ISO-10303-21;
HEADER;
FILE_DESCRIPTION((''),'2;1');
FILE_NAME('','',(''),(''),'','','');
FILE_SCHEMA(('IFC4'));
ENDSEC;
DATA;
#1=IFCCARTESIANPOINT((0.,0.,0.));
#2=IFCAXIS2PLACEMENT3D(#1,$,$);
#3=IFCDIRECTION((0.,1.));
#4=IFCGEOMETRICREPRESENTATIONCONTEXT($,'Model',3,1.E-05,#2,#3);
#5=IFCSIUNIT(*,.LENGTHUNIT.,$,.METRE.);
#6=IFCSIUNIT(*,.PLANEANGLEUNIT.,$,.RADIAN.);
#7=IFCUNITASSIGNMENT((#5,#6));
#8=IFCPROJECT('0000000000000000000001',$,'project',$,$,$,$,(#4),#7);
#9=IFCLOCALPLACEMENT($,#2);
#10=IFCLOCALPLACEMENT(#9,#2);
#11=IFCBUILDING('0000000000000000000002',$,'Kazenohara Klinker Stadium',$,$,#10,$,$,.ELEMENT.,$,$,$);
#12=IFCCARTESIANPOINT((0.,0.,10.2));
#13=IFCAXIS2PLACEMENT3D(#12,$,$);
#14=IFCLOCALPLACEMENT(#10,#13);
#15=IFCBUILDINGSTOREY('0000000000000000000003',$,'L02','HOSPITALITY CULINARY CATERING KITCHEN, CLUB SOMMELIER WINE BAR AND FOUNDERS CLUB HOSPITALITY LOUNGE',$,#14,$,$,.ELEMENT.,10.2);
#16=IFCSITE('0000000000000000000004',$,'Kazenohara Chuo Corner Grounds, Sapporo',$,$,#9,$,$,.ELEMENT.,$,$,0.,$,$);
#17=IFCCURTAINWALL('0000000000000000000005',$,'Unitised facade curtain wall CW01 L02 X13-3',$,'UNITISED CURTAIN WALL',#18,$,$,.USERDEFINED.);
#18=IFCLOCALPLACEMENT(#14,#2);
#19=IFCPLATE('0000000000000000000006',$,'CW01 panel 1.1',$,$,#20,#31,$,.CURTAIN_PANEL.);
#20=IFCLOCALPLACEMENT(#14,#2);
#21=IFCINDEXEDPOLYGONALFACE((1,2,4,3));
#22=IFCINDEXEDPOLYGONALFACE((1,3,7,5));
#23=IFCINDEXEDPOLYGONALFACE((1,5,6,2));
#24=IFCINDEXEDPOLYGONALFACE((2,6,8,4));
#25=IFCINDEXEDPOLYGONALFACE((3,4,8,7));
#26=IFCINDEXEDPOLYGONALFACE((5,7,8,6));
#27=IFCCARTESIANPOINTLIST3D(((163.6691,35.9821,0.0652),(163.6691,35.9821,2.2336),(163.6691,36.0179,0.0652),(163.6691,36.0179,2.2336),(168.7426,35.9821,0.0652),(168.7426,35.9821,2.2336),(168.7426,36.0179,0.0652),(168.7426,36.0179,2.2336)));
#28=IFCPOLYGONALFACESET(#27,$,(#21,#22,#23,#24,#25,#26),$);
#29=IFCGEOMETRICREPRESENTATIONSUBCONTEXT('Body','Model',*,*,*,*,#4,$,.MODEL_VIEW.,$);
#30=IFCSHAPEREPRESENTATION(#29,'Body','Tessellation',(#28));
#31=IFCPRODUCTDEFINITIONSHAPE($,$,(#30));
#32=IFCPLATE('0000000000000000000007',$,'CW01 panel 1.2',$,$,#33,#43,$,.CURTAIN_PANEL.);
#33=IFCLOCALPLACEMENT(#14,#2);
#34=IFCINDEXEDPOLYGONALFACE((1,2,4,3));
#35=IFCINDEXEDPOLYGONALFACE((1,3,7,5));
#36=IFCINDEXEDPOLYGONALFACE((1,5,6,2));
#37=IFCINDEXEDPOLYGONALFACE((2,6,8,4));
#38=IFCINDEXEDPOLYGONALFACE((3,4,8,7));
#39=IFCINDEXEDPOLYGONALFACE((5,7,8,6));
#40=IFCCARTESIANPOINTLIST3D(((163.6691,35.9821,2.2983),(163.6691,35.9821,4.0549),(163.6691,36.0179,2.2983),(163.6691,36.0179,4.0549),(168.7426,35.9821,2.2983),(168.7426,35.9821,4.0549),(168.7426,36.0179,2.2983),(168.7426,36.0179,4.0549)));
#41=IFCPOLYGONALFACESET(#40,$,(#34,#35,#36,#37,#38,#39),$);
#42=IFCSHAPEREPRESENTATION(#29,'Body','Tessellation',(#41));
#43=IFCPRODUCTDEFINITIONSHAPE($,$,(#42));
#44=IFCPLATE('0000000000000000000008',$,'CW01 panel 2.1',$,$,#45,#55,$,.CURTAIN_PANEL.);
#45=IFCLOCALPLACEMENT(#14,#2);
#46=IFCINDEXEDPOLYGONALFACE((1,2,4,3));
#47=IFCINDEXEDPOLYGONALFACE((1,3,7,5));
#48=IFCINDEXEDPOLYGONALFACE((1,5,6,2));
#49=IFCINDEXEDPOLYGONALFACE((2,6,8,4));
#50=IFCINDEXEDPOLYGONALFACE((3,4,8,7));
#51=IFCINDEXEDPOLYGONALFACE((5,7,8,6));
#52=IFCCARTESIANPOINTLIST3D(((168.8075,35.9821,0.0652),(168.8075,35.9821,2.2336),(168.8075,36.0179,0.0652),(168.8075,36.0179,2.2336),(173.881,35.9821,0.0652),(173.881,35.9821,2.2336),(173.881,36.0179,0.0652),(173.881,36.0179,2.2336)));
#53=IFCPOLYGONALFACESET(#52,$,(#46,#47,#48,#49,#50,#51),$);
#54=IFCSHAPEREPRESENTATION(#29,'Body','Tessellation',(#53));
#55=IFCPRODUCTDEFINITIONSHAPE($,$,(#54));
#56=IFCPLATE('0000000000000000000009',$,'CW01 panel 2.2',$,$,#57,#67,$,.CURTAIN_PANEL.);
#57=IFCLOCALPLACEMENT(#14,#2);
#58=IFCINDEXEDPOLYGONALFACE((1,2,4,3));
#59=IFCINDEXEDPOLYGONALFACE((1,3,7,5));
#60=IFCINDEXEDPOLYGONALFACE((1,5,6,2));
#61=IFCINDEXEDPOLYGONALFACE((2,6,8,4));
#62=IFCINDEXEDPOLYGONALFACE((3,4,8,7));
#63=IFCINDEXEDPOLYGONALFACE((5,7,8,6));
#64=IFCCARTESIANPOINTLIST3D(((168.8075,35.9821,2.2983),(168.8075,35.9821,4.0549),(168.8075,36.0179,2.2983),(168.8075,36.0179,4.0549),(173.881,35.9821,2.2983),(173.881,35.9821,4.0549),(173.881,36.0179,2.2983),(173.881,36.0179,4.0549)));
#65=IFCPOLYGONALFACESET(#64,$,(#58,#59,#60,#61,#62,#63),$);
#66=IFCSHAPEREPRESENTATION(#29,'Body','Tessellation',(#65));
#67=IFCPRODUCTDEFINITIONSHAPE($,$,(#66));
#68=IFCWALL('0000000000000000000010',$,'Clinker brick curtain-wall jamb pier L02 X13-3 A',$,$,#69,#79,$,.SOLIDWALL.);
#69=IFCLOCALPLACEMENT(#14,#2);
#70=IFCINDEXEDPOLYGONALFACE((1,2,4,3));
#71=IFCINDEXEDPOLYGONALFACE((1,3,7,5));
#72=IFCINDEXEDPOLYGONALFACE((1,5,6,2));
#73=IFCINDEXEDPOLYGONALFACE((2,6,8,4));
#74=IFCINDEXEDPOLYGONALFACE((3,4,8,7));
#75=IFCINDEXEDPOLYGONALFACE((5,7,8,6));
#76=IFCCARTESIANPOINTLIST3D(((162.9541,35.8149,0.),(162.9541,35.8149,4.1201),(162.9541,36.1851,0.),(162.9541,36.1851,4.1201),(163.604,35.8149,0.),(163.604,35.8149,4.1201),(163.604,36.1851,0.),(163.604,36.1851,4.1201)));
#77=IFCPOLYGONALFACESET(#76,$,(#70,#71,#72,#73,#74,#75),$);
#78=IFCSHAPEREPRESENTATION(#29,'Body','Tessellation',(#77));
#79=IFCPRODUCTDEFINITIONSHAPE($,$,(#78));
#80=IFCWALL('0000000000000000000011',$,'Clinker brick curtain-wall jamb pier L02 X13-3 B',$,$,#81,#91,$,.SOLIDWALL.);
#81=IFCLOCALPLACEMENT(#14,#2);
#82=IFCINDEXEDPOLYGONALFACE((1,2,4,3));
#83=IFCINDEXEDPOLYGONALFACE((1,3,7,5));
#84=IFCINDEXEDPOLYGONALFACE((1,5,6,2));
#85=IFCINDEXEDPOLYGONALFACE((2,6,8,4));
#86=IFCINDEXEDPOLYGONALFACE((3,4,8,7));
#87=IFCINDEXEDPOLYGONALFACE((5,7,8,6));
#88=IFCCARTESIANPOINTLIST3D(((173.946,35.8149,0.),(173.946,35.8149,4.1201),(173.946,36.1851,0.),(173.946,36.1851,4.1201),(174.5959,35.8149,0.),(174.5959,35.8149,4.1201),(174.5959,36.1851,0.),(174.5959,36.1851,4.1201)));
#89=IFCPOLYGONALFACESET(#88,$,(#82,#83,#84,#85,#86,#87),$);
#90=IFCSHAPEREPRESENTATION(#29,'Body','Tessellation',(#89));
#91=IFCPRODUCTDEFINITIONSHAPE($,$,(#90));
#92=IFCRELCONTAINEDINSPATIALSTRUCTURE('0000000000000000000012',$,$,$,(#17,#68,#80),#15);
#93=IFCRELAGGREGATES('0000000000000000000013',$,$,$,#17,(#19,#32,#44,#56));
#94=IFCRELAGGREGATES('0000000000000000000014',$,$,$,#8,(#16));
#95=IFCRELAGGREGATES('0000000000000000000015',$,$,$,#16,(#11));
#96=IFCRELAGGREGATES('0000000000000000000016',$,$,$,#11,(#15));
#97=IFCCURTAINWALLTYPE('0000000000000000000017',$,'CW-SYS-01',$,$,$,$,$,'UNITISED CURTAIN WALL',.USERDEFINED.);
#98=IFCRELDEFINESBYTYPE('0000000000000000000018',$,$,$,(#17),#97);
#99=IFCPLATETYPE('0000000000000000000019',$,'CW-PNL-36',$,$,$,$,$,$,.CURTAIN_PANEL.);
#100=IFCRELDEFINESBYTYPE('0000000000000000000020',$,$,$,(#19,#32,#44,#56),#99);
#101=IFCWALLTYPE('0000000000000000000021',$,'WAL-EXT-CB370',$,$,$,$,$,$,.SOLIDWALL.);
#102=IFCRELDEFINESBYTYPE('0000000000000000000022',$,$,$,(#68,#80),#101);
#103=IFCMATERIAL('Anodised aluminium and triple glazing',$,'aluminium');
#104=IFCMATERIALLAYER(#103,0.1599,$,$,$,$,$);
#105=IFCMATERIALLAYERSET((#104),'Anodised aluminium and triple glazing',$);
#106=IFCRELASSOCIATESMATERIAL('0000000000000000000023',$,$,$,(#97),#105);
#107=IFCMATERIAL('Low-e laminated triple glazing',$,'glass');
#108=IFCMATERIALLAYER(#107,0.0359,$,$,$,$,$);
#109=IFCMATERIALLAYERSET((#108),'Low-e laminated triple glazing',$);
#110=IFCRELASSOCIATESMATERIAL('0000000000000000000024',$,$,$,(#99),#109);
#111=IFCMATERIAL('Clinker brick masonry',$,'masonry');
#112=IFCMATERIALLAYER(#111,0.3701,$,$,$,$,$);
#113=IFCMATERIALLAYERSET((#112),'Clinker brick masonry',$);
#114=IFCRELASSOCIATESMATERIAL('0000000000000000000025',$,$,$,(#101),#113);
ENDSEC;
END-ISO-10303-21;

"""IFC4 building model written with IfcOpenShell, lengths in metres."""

from ifc_helpers import new_model, si_unit, direction, frame, frame_2d, origin, origin_2d, place, context, subcontext, project, spatial, rectangle, extrude, material, layer, layer_set, type_object, element, aggregate, save


model = new_model("IFC4")

# Units and contexts
model_context = context("Model", 3, precision=1e-05, world=origin(), true_north=direction((0.0, 1.0)))
body_context = subcontext(model_context, "Body", "Model", "MODEL_VIEW")
ifc_project = project(units=[si_unit("LENGTHUNIT", "METRE"), si_unit("PLANEANGLEUNIT", "RADIAN")], contexts=[model_context])

# Site, building, storey
site_placement = place(None, origin())
site = spatial("IfcSite", under=ifc_project, at=site_placement, Name="Kazenohara Chuo Corner Grounds, Sapporo", CompositionType="ELEMENT", RefElevation=0.0)
building_placement = place(site_placement, origin())
building = spatial("IfcBuilding", under=site, at=building_placement, Name="Kazenohara Klinker Stadium", CompositionType="ELEMENT")
storey_placement = place(building_placement, frame((0.0, 0.0, 10.2)))
storey = spatial("IfcBuildingStorey", under=building, at=storey_placement, Name="L02", Description="HOSPITALITY CULINARY CATERING KITCHEN, CLUB SOMMELIER WINE BAR AND FOUNDERS CLUB HOSPITALITY LOUNGE", CompositionType="ELEMENT", Elevation=10.2)

# Curtain wall, plates
ifc_material_1 = material(Name="Anodised aluminium and triple glazing", Category="aluminium")
ifc_layer_1 = layer(ifc_material_1, 0.1599)
ifc_layer_set_1 = layer_set([ifc_layer_1], Name="Anodised aluminium and triple glazing")
curtain_wall_type = type_object("IfcCurtainWallType", Name="CW-SYS-01", ElementType="UNITISED CURTAIN WALL", PredefinedType="USERDEFINED", material=ifc_layer_set_1)
curtain_wall_placement = place(storey_placement, origin())
curtain_wall = element("IfcCurtainWall", 1, at=curtain_wall_placement, inside=storey, type_object=curtain_wall_type, Name="Unitised facade curtain wall CW01 L02 X13-3", ObjectType="UNITISED CURTAIN WALL", PredefinedType="USERDEFINED")
ifc_material_2 = material(Name="Low-e laminated triple glazing", Category="glass")
ifc_layer_2 = layer(ifc_material_2, 0.0359)
ifc_layer_set_2 = layer_set([ifc_layer_2], Name="Low-e laminated triple glazing")
plate_type = type_object("IfcPlateType", Name="CW-PNL-36", PredefinedType="CURTAIN_PANEL", material=ifc_layer_set_2)
plate_1_placement = place(storey_placement, frame((166.2058, 36.0, 0.0652), z_axis=(0.0, 0.0, 1.0), x_axis=(1.0, 0.0, 0.0)))
plate_1 = element("IfcPlate", 2, at=plate_1_placement, type_object=plate_type, Name="CW01 panel 1.1", PredefinedType="CURTAIN_PANEL", context=body_context, shape_type="SweptSolid", body=[
    extrude(rectangle(XDim=5.0735, YDim=0.0359, at=origin_2d()), origin(), (0.0, 0.0, 1.0), 2.1685),
])
plate_2_placement = place(storey_placement, frame((166.2058, 36.0, 2.2983), z_axis=(0.0, 0.0, 1.0), x_axis=(1.0, 0.0, 0.0)))
plate_2 = element("IfcPlate", 3, at=plate_2_placement, type_object=plate_type, Name="CW01 panel 1.2", PredefinedType="CURTAIN_PANEL", context=body_context, shape_type="SweptSolid", body=[
    extrude(rectangle(XDim=5.0735, YDim=0.0359, at=origin_2d()), origin(), (0.0, 0.0, 1.0), 1.7566),
])
plate_3_placement = place(storey_placement, frame((171.3442, 36.0, 0.0652), z_axis=(0.0, 0.0, 1.0), x_axis=(1.0, 0.0, 0.0)))
plate_3 = element("IfcPlate", 4, at=plate_3_placement, type_object=plate_type, Name="CW01 panel 2.1", PredefinedType="CURTAIN_PANEL", context=body_context, shape_type="SweptSolid", body=[
    extrude(rectangle(XDim=5.0735, YDim=0.0359, at=origin_2d()), origin(), (0.0, 0.0, 1.0), 2.1685),
])
plate_4_placement = place(storey_placement, frame((171.3442, 36.0, 2.2983), z_axis=(0.0, 0.0, 1.0), x_axis=(1.0, 0.0, 0.0)))
plate_4 = element("IfcPlate", 5, at=plate_4_placement, type_object=plate_type, Name="CW01 panel 2.2", PredefinedType="CURTAIN_PANEL", context=body_context, shape_type="SweptSolid", body=[
    extrude(rectangle(XDim=5.0735, YDim=0.0359, at=origin_2d()), origin(), (0.0, 0.0, 1.0), 1.7566),
])
aggregate(curtain_wall, [plate_1, plate_2, plate_3, plate_4])

# Walls
ifc_material_3 = material(Name="Clinker brick masonry", Category="masonry")
ifc_layer_3 = layer(ifc_material_3, 0.3701)
ifc_layer_set_3 = layer_set([ifc_layer_3], Name="Clinker brick masonry")
wall_type = type_object("IfcWallType", Name="WAL-EXT-CB370", PredefinedType="SOLIDWALL", material=ifc_layer_set_3)
for number, where, z_axis, x_axis, name in (
    (6, (162.9541, 36.0, 0.0), (0.0, 0.0, 1.0), (1.0, 0.0, 0.0), "Clinker brick curtain-wall jamb pier L02 X13-3 A"),
    (7, (173.946, 36.0, 0.0), (0.0, 0.0, 1.0), (1.0, 0.0, 0.0), "Clinker brick curtain-wall jamb pier L02 X13-3 B"),
):
    element("IfcWall", number, at=place(storey_placement, frame(where, z_axis=z_axis, x_axis=x_axis)), inside=storey, type_object=wall_type, Name=name, PredefinedType="SOLIDWALL", context=body_context, shape_type="SweptSolid", body=[
        extrude(rectangle(XDim=0.6499, YDim=0.3701, at=frame_2d((0.325, 0.0))), origin(), (0.0, 0.0, 1.0), 4.1201),
    ])

save(model, "model.ifc")
